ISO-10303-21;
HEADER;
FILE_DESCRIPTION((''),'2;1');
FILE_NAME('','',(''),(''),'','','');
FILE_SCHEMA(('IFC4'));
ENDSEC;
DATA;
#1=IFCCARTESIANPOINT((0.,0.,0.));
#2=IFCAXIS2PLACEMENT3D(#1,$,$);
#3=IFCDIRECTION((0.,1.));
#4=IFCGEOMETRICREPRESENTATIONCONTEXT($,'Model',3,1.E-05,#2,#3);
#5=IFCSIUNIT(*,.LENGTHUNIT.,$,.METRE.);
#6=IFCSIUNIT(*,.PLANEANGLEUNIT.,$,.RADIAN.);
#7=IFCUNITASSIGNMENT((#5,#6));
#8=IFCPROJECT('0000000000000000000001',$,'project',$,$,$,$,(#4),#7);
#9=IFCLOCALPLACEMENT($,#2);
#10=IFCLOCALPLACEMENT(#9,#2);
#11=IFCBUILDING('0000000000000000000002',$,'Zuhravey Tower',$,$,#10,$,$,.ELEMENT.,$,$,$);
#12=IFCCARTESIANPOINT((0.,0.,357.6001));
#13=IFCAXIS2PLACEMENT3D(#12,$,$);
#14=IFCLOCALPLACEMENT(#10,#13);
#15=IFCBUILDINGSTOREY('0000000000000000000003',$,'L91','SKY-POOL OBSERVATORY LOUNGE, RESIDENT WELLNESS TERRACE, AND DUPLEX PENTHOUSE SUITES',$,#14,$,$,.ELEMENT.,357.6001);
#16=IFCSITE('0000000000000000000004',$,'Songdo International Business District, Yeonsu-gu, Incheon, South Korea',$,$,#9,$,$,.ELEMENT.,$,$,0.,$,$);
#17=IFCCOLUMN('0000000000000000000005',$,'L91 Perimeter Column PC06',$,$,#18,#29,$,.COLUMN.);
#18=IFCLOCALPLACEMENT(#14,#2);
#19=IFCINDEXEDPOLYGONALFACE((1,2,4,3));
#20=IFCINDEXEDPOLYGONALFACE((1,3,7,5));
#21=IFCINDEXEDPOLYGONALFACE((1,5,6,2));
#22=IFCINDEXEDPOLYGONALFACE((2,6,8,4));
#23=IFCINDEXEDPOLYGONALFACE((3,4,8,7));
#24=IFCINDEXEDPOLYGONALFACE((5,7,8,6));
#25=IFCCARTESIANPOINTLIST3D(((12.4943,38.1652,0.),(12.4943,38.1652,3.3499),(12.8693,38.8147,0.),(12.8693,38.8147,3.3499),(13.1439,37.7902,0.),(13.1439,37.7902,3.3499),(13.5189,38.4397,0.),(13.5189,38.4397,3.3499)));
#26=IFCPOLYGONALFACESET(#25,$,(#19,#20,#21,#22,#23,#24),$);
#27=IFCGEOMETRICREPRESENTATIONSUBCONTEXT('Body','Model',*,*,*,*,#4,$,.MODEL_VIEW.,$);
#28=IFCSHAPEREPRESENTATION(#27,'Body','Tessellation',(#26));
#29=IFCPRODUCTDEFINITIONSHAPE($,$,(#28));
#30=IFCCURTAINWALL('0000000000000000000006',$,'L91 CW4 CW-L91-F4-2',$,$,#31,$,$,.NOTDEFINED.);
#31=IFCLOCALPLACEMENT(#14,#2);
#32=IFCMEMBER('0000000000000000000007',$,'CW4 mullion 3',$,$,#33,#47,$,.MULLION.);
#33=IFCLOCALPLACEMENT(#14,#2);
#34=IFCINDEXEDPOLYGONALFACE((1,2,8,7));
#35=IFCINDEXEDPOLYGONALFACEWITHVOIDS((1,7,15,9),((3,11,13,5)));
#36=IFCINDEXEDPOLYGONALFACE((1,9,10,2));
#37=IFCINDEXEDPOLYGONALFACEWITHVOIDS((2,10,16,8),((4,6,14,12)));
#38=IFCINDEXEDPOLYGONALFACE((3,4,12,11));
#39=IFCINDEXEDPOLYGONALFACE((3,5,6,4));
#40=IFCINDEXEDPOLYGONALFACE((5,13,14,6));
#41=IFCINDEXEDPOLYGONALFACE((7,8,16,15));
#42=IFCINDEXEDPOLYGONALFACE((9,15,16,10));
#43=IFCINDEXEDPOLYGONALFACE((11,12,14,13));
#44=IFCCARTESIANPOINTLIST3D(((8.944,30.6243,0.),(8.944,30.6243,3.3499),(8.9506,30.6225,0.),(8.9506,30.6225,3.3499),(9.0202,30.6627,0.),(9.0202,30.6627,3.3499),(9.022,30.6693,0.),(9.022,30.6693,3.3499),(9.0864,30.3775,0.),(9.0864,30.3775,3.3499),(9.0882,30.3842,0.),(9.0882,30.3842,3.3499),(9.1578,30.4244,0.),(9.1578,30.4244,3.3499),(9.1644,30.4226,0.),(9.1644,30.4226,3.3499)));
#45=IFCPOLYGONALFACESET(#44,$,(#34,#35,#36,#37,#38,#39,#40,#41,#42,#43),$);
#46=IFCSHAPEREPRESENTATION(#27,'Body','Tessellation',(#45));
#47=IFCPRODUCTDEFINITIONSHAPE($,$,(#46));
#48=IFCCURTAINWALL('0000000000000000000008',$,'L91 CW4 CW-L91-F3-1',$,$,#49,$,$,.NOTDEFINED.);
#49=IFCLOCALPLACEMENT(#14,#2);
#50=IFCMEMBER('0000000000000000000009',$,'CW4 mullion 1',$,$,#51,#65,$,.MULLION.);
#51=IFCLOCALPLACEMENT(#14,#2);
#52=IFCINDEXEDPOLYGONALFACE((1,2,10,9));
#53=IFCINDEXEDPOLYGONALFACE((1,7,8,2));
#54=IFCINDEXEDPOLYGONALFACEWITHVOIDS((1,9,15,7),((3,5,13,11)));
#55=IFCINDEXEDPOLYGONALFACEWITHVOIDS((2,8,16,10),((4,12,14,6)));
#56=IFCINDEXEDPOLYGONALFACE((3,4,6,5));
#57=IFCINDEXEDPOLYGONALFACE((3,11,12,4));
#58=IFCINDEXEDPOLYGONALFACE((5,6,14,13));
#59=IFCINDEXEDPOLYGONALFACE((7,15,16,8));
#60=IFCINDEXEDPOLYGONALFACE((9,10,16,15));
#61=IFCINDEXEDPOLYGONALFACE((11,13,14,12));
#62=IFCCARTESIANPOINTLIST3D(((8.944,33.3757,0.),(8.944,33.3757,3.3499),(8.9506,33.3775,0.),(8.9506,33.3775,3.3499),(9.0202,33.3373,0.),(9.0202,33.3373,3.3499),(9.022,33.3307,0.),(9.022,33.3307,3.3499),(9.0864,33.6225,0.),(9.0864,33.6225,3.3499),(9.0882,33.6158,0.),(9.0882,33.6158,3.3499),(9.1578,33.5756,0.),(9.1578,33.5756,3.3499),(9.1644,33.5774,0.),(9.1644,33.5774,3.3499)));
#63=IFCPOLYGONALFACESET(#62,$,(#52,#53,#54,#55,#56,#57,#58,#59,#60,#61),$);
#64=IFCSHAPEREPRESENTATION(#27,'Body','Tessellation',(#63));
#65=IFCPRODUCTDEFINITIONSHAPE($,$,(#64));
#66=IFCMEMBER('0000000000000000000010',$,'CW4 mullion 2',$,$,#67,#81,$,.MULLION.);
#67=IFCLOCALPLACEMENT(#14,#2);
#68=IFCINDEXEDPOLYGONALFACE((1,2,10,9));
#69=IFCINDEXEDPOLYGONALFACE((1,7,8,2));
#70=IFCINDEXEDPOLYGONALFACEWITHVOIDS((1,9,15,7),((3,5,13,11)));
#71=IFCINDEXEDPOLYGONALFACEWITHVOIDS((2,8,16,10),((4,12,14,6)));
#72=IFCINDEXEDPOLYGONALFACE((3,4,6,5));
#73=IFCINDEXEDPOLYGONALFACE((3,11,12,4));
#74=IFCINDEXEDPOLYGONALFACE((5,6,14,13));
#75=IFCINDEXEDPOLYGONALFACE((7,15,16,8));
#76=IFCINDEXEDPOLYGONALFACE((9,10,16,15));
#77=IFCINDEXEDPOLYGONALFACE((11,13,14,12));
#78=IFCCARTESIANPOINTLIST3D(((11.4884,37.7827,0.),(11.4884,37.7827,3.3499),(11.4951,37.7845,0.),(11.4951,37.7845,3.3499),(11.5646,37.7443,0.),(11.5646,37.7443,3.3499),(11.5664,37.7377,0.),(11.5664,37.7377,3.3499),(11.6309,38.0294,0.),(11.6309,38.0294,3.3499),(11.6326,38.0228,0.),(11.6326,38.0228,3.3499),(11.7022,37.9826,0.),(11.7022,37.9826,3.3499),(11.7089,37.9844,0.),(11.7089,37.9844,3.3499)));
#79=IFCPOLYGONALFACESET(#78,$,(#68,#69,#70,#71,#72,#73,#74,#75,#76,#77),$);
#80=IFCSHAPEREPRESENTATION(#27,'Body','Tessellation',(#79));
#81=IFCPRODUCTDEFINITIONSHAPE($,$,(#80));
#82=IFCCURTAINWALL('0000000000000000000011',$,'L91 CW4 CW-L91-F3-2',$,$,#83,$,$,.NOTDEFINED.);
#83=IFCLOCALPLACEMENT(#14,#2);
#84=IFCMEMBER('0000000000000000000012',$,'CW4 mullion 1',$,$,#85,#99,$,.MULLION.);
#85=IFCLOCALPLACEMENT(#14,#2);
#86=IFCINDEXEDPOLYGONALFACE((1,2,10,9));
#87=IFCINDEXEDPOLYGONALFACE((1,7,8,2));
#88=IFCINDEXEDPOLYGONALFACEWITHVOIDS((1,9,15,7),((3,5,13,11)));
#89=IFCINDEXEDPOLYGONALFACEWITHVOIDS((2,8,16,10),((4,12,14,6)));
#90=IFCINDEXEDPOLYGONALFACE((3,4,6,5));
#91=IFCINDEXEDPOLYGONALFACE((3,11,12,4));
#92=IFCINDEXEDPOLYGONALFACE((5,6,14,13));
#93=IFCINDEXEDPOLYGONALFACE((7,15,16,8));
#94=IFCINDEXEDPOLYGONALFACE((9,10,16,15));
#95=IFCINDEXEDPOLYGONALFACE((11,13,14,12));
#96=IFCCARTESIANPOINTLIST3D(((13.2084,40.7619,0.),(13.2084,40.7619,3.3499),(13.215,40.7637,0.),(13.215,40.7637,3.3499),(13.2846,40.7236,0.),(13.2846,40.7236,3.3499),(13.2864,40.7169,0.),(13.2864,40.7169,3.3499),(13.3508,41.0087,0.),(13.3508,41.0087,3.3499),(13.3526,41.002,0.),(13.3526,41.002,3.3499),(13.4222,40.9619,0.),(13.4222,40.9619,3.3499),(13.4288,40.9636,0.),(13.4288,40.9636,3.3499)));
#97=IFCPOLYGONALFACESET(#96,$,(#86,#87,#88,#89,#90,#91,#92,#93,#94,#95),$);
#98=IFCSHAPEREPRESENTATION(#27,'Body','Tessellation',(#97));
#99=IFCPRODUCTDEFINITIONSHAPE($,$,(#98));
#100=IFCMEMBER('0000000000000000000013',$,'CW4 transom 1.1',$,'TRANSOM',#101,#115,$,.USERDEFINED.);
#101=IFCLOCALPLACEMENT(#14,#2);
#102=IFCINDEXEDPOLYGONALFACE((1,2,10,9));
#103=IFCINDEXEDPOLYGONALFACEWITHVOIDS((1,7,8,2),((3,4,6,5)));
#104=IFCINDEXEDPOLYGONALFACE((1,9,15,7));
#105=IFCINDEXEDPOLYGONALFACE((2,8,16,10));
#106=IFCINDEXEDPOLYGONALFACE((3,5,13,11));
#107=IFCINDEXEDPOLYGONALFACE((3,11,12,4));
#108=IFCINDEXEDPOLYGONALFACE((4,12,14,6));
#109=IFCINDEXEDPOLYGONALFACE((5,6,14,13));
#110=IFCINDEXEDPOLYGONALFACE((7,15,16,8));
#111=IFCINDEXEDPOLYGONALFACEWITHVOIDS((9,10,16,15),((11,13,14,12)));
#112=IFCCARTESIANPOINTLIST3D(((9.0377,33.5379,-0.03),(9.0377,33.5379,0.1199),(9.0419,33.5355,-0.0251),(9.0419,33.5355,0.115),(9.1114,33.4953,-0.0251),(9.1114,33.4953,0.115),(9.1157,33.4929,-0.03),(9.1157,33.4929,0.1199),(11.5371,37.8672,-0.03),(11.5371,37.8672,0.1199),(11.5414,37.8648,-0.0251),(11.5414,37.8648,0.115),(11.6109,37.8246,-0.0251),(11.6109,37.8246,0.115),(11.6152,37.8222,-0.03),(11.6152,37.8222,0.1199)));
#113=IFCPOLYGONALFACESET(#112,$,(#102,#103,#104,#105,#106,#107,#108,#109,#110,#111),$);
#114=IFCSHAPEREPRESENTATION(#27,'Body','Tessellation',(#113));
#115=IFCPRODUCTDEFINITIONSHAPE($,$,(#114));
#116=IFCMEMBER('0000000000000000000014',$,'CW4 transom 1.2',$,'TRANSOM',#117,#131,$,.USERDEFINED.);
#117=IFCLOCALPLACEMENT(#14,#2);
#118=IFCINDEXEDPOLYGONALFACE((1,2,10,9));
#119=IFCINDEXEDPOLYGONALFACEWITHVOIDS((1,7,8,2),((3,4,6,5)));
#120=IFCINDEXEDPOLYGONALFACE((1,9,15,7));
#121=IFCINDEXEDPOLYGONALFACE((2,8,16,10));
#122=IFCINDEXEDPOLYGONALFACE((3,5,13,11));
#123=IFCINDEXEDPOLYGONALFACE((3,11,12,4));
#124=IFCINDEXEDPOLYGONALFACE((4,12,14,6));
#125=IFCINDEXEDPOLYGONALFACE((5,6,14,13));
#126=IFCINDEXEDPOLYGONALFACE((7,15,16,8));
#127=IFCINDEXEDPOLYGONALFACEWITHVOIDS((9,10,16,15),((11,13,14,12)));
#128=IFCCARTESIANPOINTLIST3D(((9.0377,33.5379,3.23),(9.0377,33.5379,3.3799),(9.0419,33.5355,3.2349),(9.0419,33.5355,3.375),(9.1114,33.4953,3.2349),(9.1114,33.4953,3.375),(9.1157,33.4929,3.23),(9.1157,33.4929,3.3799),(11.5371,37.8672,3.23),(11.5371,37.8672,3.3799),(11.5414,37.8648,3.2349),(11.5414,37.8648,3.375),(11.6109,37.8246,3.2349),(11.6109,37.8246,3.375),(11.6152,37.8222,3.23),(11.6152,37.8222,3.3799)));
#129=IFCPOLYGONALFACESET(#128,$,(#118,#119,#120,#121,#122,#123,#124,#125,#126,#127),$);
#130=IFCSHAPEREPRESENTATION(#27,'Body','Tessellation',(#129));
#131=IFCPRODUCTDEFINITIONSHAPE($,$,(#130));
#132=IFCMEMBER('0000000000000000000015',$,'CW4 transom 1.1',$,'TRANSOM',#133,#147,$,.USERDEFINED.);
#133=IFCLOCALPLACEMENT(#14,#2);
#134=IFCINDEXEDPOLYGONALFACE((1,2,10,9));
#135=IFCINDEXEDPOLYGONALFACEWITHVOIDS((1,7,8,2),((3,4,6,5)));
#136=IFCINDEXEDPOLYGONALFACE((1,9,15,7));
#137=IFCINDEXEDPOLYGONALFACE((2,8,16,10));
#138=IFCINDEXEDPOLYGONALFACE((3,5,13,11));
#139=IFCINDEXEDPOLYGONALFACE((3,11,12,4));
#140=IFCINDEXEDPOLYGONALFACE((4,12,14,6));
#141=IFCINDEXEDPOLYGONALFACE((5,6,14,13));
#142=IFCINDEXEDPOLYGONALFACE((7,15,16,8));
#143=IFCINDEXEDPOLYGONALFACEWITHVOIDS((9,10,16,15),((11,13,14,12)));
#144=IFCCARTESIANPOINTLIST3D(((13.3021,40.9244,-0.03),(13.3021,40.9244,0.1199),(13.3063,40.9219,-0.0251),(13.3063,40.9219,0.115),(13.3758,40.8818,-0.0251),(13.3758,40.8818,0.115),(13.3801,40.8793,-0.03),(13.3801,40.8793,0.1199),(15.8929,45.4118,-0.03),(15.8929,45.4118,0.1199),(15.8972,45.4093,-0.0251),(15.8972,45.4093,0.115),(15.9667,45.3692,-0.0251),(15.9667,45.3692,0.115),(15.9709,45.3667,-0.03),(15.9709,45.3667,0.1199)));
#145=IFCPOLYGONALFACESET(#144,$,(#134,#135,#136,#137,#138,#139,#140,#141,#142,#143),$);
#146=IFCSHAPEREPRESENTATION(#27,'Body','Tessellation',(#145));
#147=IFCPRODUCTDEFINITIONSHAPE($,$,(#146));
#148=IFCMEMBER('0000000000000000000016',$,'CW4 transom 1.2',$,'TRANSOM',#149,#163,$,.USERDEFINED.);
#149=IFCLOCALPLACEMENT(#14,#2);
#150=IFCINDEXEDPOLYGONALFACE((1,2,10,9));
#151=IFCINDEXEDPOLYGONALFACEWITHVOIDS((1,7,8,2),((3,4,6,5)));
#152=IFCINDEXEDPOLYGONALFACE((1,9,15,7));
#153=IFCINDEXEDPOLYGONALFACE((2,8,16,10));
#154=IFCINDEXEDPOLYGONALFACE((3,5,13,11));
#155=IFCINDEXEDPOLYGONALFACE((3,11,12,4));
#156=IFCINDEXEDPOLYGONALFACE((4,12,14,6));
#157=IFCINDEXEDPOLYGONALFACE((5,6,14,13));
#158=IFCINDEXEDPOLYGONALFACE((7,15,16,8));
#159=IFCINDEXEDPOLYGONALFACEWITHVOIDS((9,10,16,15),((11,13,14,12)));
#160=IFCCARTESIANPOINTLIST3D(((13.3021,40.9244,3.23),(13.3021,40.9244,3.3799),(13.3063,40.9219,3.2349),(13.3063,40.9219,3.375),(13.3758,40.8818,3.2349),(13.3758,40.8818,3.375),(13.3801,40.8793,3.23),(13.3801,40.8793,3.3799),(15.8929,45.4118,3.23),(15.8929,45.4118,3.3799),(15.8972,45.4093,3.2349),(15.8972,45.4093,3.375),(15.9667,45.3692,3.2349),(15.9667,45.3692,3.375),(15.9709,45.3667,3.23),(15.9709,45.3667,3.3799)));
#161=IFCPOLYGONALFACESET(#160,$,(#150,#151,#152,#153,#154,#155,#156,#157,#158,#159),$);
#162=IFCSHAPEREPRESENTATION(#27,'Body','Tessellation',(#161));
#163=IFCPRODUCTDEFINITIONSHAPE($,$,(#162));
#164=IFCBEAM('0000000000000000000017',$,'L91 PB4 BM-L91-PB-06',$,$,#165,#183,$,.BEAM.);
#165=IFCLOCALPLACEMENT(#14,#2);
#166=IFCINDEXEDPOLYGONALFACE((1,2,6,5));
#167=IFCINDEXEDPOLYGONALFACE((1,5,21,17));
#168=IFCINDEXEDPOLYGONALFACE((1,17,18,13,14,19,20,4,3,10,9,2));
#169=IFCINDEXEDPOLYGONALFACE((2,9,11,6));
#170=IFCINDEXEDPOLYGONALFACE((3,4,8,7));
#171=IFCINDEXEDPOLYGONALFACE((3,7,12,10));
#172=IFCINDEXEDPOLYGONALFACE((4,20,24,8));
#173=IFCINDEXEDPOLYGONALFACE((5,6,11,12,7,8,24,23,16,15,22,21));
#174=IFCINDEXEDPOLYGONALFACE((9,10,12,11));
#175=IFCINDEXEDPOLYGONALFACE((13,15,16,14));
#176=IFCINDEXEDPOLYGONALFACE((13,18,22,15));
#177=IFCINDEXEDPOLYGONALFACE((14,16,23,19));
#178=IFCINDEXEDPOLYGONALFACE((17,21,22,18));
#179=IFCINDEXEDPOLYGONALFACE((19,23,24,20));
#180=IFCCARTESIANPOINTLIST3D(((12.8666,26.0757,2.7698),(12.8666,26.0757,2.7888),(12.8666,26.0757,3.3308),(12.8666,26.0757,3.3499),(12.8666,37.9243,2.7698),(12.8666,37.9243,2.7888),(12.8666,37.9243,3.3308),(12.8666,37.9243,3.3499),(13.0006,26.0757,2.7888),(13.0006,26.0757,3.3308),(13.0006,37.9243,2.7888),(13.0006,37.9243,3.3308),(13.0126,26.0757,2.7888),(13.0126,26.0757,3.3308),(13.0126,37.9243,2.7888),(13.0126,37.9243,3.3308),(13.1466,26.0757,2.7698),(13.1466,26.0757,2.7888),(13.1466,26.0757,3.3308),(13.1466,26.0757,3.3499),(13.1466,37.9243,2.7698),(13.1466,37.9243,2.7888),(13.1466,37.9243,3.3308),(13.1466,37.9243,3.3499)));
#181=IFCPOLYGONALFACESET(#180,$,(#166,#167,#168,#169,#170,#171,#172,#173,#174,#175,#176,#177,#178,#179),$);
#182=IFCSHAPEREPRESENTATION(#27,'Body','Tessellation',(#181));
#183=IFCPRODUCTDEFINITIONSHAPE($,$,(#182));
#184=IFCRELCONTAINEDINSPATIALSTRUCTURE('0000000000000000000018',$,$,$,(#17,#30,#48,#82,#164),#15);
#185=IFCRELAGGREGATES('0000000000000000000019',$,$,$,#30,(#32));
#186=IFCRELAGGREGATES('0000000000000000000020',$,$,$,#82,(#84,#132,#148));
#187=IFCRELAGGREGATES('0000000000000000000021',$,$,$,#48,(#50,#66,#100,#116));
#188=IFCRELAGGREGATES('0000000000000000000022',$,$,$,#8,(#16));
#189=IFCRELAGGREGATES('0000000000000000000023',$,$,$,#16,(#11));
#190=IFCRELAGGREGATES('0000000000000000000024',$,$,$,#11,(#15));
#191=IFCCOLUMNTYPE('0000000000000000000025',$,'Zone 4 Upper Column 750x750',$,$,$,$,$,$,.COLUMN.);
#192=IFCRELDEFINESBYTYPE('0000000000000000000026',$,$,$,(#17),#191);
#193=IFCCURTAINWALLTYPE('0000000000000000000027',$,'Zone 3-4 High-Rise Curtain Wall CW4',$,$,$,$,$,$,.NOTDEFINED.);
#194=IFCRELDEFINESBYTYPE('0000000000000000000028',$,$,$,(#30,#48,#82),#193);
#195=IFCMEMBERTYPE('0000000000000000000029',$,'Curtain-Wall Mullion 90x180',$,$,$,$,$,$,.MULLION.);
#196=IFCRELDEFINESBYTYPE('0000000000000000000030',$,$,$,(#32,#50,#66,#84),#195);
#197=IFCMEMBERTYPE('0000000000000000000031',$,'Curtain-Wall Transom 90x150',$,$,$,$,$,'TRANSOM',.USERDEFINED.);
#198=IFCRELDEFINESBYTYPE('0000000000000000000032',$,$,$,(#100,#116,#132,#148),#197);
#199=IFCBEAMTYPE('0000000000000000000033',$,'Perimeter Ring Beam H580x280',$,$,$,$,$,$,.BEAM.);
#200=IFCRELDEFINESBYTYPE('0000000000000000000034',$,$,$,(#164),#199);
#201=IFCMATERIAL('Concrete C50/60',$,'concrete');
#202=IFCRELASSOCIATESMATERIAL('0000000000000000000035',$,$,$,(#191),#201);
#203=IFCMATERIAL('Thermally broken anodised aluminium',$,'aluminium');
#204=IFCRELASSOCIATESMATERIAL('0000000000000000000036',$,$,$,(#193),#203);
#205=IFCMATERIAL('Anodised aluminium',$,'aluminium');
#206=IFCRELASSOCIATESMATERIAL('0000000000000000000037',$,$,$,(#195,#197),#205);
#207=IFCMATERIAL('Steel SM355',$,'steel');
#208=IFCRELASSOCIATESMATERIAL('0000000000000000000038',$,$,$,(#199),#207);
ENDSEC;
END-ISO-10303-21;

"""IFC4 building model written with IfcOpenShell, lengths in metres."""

from ifc_helpers import new_model, si_unit, direction, frame, origin, origin_2d, place, context, subcontext, project, spatial, rectangle, hollow_rectangle, i_section, extrude, material, material_profile, profile_set, type_object, element, aggregate, save


model = new_model("IFC4")

# Units and contexts
model_context = context("Model", 3, precision=1e-05, world=origin(), true_north=direction((0.0, 1.0)))
body_context = subcontext(model_context, "Body", "Model", "MODEL_VIEW")
ifc_project = project(units=[si_unit("LENGTHUNIT", "METRE"), si_unit("PLANEANGLEUNIT", "RADIAN")], contexts=[model_context])

# Site, building, storey
site_placement = place(None, origin())
site = spatial("IfcSite", under=ifc_project, at=site_placement, Name="Songdo International Business District, Yeonsu-gu, Incheon, South Korea", CompositionType="ELEMENT", RefElevation=0.0)
building_placement = place(site_placement, origin())
building = spatial("IfcBuilding", under=site, at=building_placement, Name="Zuhravey Tower", CompositionType="ELEMENT")
storey_placement = place(building_placement, frame((0.0, 0.0, 357.6001)))
storey = spatial("IfcBuildingStorey", under=building, at=storey_placement, Name="L91", Description="SKY-POOL OBSERVATORY LOUNGE, RESIDENT WELLNESS TERRACE, AND DUPLEX PENTHOUSE SUITES", CompositionType="ELEMENT", Elevation=357.6001)

# Column
ifc_material_1 = material(Name="Concrete C50/60", Category="concrete")
ifc_material_profile_1 = material_profile(ifc_material_1, rectangle(XDim=0.75, YDim=0.75, at=origin_2d()), Name="RC-750x750")
ifc_profile_set_1 = profile_set([ifc_material_profile_1], Name="Concrete C50/60")
column_type = type_object("IfcColumnType", Name="Zone 4 Upper Column 750x750", PredefinedType="COLUMN", material=ifc_profile_set_1)
column_placement = place(storey_placement, frame((13.0066, 38.3025, 0.0), z_axis=(0.0, 0.0, 1.0), x_axis=(-0.5, -0.866025, 0.0)))
element("IfcColumn", 1, at=column_placement, inside=storey, type_object=column_type, Name="L91 Perimeter Column PC06", PredefinedType="COLUMN", context=body_context, shape_type="SweptSolid", body=[
    extrude(rectangle(XDim=0.75, YDim=0.75, at=origin_2d()), origin(), (0.0, 0.0, 1.0), 3.3499),
])

# Curtain wall, member
ifc_material_2 = material(Name="Thermally broken anodised aluminium", Category="aluminium")
curtain_wall_type = type_object("IfcCurtainWallType", Name="Zone 3-4 High-Rise Curtain Wall CW4", PredefinedType="NOTDEFINED", material=ifc_material_2)
curtain_wall_1_placement = place(storey_placement, origin())
curtain_wall_1 = element("IfcCurtainWall", 2, at=curtain_wall_1_placement, inside=storey, type_object=curtain_wall_type, Name="L91 CW4 CW-L91-F4-2", PredefinedType="NOTDEFINED")
ifc_material_3 = material(Name="Anodised aluminium", Category="aluminium")
ifc_material_profile_2 = material_profile(ifc_material_3, hollow_rectangle(XDim=0.0901, YDim=0.2849, WallThickness=0.0049, at=origin_2d()), Name="ALU-RHS-90x285x5")
ifc_profile_set_2 = profile_set([ifc_material_profile_2], Name="Anodised aluminium")
member_type_1 = type_object("IfcMemberType", Name="Curtain-Wall Mullion 90x180", PredefinedType="MULLION", material=ifc_profile_set_2)
member_1_placement = place(storey_placement, frame((9.0542, 30.5234, 0.0), z_axis=(0.0, 0.0, 1.0), x_axis=(-0.866024, -0.500002, 0.0)))
member_1 = element("IfcMember", 3, at=member_1_placement, type_object=member_type_1, Name="CW4 mullion 3", PredefinedType="MULLION", context=body_context, shape_type="SweptSolid", body=[
    extrude(hollow_rectangle(XDim=0.0901, YDim=0.2849, WallThickness=0.0049, at=origin_2d()), origin(), (0.0, 0.0, 1.0), 3.3499),
])
aggregate(curtain_wall_1, [member_1])

# Curtain wall, members
curtain_wall_2_placement = place(storey_placement, origin())
curtain_wall_2 = element("IfcCurtainWall", 4, at=curtain_wall_2_placement, inside=storey, type_object=curtain_wall_type, Name="L91 CW4 CW-L91-F3-1", PredefinedType="NOTDEFINED")
member_2_placement = place(storey_placement, frame((9.0542, 33.4766, 0.0), z_axis=(0.0, 0.0, 1.0), x_axis=(-0.866023, 0.500004, 0.0)))
member_2 = element("IfcMember", 5, at=member_2_placement, type_object=member_type_1, Name="CW4 mullion 1", PredefinedType="MULLION", context=body_context, shape_type="SweptSolid", body=[
    extrude(hollow_rectangle(XDim=0.0901, YDim=0.2849, WallThickness=0.0049, at=origin_2d()), origin(), (0.0, 0.0, 1.0), 3.3499),
])
member_3_placement = place(storey_placement, frame((11.5986, 37.8835, 0.0), z_axis=(0.0, 0.0, 1.0), x_axis=(-0.866023, 0.500004, 0.0)))
member_3 = element("IfcMember", 6, at=member_3_placement, type_object=member_type_1, Name="CW4 mullion 2", PredefinedType="MULLION", context=body_context, shape_type="SweptSolid", body=[
    extrude(hollow_rectangle(XDim=0.0901, YDim=0.2849, WallThickness=0.0049, at=origin_2d()), origin(), (0.0, 0.0, 1.0), 3.3499),
])

# Curtain wall, member
curtain_wall_3_placement = place(storey_placement, origin())
curtain_wall_3 = element("IfcCurtainWall", 7, at=curtain_wall_3_placement, inside=storey, type_object=curtain_wall_type, Name="L91 CW4 CW-L91-F3-2", PredefinedType="NOTDEFINED")
member_4_placement = place(storey_placement, frame((13.3186, 40.8628, 0.0), z_axis=(0.0, 0.0, 1.0), x_axis=(-0.866026, 0.499999, 0.0)))
member_4 = element("IfcMember", 8, at=member_4_placement, type_object=member_type_1, Name="CW4 mullion 1", PredefinedType="MULLION", context=body_context, shape_type="SweptSolid", body=[
    extrude(hollow_rectangle(XDim=0.0901, YDim=0.2849, WallThickness=0.0049, at=origin_2d()), origin(), (0.0, 0.0, 1.0), 3.3499),
])

# Members
ifc_material_profile_3 = material_profile(ifc_material_3, hollow_rectangle(XDim=0.0901, YDim=0.1499, WallThickness=0.0049, at=origin_2d()), Name="ALU-RHS-90x150x5")
ifc_profile_set_3 = profile_set([ifc_material_profile_3], Name="Anodised aluminium")
member_type_2 = type_object("IfcMemberType", Name="Curtain-Wall Transom 90x150", ElementType="TRANSOM", PredefinedType="USERDEFINED", material=ifc_profile_set_3)
member_5_placement = place(storey_placement, frame((9.0767, 33.5154, 0.0449), z_axis=(0.499994, 0.866029, 0.0), x_axis=(-0.866029, 0.499994, 0.0)))
member_5 = element("IfcMember", 9, at=member_5_placement, type_object=member_type_2, Name="CW4 transom 1.1", ObjectType="TRANSOM", PredefinedType="USERDEFINED", context=body_context, shape_type="SweptSolid", body=[
    extrude(hollow_rectangle(XDim=0.0901, YDim=0.1499, WallThickness=0.0049, at=origin_2d()), origin(), (0.0, 0.0, 1.0), 4.999),
])
member_6_placement = place(storey_placement, frame((9.0767, 33.5154, 3.3049), z_axis=(0.499994, 0.866029, 0.0), x_axis=(-0.866029, 0.499994, 0.0)))
member_6 = element("IfcMember", 10, at=member_6_placement, type_object=member_type_2, Name="CW4 transom 1.2", ObjectType="TRANSOM", PredefinedType="USERDEFINED", context=body_context, shape_type="SweptSolid", body=[
    extrude(hollow_rectangle(XDim=0.0901, YDim=0.1499, WallThickness=0.0049, at=origin_2d()), origin(), (0.0, 0.0, 1.0), 4.999),
])
member_7_placement = place(storey_placement, frame((13.3411, 40.9019, 0.0449), z_axis=(0.500011, 0.866019, 0.0), x_axis=(-0.866019, 0.500011, 0.0)))
member_7 = element("IfcMember", 11, at=member_7_placement, type_object=member_type_2, Name="CW4 transom 1.1", ObjectType="TRANSOM", PredefinedType="USERDEFINED", context=body_context, shape_type="SweptSolid", body=[
    extrude(hollow_rectangle(XDim=0.0901, YDim=0.1499, WallThickness=0.0049, at=origin_2d()), origin(), (0.0, 0.0, 1.0), 5.1816),
])
member_8_placement = place(storey_placement, frame((13.3411, 40.9019, 3.3049), z_axis=(0.500011, 0.866019, 0.0), x_axis=(-0.866019, 0.500011, 0.0)))
member_8 = element("IfcMember", 12, at=member_8_placement, type_object=member_type_2, Name="CW4 transom 1.2", ObjectType="TRANSOM", PredefinedType="USERDEFINED", context=body_context, shape_type="SweptSolid", body=[
    extrude(hollow_rectangle(XDim=0.0901, YDim=0.1499, WallThickness=0.0049, at=origin_2d()), origin(), (0.0, 0.0, 1.0), 5.1816),
])
aggregate(curtain_wall_3, [member_4, member_7, member_8])

# Beam
ifc_material_4 = material(Name="Steel SM355", Category="steel")
ifc_material_profile_4 = material_profile(ifc_material_4, i_section(OverallWidth=0.28, OverallDepth=0.5801, WebThickness=0.012, FlangeThickness=0.019, at=origin_2d()), Name="H-580x280x12x19")
ifc_profile_set_4 = profile_set([ifc_material_profile_4], Name="Steel SM355")
beam_type = type_object("IfcBeamType", Name="Perimeter Ring Beam H580x280", PredefinedType="BEAM", material=ifc_profile_set_4)
beam_placement = place(storey_placement, frame((13.0066, 37.9243, 3.0598), z_axis=(0.0, -1.0, 0.0), x_axis=(1.0, 0.0, 0.0)))
element("IfcBeam", 13, at=beam_placement, inside=storey, type_object=beam_type, Name="L91 PB4 BM-L91-PB-06", PredefinedType="BEAM", context=body_context, shape_type="SweptSolid", body=[
    extrude(i_section(OverallWidth=0.28, OverallDepth=0.5801, WebThickness=0.012, FlangeThickness=0.019, at=origin_2d()), origin(), (0.0, 0.0, 1.0), 11.8486),
])

aggregate(curtain_wall_2, [member_2, member_3, member_5, member_6])

save(model, "model.ifc")
